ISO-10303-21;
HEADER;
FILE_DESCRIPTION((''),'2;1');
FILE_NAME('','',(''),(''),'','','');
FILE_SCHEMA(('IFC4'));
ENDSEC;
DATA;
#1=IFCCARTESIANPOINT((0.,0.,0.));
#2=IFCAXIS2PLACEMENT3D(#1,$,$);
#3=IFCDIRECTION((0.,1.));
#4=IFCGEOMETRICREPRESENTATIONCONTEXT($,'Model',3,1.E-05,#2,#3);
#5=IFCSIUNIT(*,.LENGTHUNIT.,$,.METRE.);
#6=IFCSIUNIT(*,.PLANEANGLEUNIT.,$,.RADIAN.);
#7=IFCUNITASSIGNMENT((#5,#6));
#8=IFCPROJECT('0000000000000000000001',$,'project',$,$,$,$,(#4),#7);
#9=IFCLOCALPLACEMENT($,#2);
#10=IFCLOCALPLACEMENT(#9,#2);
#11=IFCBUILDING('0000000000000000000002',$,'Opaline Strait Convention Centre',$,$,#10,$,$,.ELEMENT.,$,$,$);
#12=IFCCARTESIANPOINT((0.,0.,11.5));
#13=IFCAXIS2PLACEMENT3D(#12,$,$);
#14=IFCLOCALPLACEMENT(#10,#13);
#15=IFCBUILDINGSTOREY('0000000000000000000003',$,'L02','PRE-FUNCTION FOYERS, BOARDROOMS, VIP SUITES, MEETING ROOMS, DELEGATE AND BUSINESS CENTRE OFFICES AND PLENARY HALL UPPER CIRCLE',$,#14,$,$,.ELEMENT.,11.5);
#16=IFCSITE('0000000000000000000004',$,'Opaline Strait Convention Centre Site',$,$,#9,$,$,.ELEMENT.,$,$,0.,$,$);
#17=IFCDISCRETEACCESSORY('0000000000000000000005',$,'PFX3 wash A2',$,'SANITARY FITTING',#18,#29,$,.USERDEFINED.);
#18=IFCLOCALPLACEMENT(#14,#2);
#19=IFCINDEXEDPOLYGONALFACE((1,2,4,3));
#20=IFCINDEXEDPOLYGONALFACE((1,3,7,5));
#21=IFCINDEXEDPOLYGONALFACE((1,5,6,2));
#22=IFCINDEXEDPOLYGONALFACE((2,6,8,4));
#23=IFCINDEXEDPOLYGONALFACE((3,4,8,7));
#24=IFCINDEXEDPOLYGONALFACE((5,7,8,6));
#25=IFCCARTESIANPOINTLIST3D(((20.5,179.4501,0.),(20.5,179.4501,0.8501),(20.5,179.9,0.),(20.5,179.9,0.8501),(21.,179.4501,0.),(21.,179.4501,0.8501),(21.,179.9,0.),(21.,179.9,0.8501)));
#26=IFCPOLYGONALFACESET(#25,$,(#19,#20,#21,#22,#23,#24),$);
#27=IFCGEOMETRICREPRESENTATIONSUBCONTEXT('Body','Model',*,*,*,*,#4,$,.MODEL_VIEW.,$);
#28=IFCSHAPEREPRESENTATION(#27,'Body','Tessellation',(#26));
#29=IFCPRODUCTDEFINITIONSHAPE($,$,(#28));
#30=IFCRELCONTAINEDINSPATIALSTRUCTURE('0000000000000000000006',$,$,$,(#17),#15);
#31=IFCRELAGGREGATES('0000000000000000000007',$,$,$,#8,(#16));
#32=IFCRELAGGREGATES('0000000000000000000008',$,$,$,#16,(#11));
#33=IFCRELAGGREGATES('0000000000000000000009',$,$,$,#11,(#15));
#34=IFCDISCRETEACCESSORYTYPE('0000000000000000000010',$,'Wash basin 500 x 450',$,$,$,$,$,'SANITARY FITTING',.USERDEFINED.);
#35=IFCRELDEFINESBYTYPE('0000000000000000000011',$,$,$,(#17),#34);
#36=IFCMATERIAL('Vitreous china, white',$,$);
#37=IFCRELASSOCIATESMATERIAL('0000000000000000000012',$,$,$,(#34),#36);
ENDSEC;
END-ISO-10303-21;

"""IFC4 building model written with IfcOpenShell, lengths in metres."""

from ifc_helpers import new_model, si_unit, direction, frame, origin, origin_2d, place, context, subcontext, project, spatial, rectangle, extrude, material, type_object, element, save


model = new_model("IFC4")

# Units and contexts
model_context = context("Model", 3, precision=1e-05, world=origin(), true_north=direction((0.0, 1.0)))
body_context = subcontext(model_context, "Body", "Model", "MODEL_VIEW")
ifc_project = project(units=[si_unit("LENGTHUNIT", "METRE"), si_unit("PLANEANGLEUNIT", "RADIAN")], contexts=[model_context])

# Site, building, storey
site_placement = place(None, origin())
site = spatial("IfcSite", under=ifc_project, at=site_placement, Name="Opaline Strait Convention Centre Site", CompositionType="ELEMENT", RefElevation=0.0)
building_placement = place(site_placement, origin())
building = spatial("IfcBuilding", under=site, at=building_placement, Name="Opaline Strait Convention Centre", CompositionType="ELEMENT")
storey_placement = place(building_placement, frame((0.0, 0.0, 11.5)))
storey = spatial("IfcBuildingStorey", under=building, at=storey_placement, Name="L02", Description="PRE-FUNCTION FOYERS, BOARDROOMS, VIP SUITES, MEETING ROOMS, DELEGATE AND BUSINESS CENTRE OFFICES AND PLENARY HALL UPPER CIRCLE", CompositionType="ELEMENT", Elevation=11.5)

# Discrete accessory
ifc_material_1 = material(Name="Vitreous china, white")
discrete_accessory_type_1 = type_object("IfcDiscreteAccessoryType", Name="Wash basin 500 x 450", ElementType="SANITARY FITTING", PredefinedType="USERDEFINED", material=ifc_material_1)
discrete_accessory_1_placement = place(storey_placement, frame((20.75, 179.675, 0.0), z_axis=(0.0, 0.0, 1.0), x_axis=(1.0, 0.0, 0.0)))
element("IfcDiscreteAccessory", 1, at=discrete_accessory_1_placement, inside=storey, type_object=discrete_accessory_type_1, Name="PFX3 wash A2", ObjectType="SANITARY FITTING", PredefinedType="USERDEFINED", context=body_context, shape_type="SweptSolid", body=[
    extrude(rectangle(XDim=0.5, YDim=0.45, at=origin_2d()), origin(), (0.0, 0.0, 1.0), 0.8501),
])

save(model, "model.ifc")
